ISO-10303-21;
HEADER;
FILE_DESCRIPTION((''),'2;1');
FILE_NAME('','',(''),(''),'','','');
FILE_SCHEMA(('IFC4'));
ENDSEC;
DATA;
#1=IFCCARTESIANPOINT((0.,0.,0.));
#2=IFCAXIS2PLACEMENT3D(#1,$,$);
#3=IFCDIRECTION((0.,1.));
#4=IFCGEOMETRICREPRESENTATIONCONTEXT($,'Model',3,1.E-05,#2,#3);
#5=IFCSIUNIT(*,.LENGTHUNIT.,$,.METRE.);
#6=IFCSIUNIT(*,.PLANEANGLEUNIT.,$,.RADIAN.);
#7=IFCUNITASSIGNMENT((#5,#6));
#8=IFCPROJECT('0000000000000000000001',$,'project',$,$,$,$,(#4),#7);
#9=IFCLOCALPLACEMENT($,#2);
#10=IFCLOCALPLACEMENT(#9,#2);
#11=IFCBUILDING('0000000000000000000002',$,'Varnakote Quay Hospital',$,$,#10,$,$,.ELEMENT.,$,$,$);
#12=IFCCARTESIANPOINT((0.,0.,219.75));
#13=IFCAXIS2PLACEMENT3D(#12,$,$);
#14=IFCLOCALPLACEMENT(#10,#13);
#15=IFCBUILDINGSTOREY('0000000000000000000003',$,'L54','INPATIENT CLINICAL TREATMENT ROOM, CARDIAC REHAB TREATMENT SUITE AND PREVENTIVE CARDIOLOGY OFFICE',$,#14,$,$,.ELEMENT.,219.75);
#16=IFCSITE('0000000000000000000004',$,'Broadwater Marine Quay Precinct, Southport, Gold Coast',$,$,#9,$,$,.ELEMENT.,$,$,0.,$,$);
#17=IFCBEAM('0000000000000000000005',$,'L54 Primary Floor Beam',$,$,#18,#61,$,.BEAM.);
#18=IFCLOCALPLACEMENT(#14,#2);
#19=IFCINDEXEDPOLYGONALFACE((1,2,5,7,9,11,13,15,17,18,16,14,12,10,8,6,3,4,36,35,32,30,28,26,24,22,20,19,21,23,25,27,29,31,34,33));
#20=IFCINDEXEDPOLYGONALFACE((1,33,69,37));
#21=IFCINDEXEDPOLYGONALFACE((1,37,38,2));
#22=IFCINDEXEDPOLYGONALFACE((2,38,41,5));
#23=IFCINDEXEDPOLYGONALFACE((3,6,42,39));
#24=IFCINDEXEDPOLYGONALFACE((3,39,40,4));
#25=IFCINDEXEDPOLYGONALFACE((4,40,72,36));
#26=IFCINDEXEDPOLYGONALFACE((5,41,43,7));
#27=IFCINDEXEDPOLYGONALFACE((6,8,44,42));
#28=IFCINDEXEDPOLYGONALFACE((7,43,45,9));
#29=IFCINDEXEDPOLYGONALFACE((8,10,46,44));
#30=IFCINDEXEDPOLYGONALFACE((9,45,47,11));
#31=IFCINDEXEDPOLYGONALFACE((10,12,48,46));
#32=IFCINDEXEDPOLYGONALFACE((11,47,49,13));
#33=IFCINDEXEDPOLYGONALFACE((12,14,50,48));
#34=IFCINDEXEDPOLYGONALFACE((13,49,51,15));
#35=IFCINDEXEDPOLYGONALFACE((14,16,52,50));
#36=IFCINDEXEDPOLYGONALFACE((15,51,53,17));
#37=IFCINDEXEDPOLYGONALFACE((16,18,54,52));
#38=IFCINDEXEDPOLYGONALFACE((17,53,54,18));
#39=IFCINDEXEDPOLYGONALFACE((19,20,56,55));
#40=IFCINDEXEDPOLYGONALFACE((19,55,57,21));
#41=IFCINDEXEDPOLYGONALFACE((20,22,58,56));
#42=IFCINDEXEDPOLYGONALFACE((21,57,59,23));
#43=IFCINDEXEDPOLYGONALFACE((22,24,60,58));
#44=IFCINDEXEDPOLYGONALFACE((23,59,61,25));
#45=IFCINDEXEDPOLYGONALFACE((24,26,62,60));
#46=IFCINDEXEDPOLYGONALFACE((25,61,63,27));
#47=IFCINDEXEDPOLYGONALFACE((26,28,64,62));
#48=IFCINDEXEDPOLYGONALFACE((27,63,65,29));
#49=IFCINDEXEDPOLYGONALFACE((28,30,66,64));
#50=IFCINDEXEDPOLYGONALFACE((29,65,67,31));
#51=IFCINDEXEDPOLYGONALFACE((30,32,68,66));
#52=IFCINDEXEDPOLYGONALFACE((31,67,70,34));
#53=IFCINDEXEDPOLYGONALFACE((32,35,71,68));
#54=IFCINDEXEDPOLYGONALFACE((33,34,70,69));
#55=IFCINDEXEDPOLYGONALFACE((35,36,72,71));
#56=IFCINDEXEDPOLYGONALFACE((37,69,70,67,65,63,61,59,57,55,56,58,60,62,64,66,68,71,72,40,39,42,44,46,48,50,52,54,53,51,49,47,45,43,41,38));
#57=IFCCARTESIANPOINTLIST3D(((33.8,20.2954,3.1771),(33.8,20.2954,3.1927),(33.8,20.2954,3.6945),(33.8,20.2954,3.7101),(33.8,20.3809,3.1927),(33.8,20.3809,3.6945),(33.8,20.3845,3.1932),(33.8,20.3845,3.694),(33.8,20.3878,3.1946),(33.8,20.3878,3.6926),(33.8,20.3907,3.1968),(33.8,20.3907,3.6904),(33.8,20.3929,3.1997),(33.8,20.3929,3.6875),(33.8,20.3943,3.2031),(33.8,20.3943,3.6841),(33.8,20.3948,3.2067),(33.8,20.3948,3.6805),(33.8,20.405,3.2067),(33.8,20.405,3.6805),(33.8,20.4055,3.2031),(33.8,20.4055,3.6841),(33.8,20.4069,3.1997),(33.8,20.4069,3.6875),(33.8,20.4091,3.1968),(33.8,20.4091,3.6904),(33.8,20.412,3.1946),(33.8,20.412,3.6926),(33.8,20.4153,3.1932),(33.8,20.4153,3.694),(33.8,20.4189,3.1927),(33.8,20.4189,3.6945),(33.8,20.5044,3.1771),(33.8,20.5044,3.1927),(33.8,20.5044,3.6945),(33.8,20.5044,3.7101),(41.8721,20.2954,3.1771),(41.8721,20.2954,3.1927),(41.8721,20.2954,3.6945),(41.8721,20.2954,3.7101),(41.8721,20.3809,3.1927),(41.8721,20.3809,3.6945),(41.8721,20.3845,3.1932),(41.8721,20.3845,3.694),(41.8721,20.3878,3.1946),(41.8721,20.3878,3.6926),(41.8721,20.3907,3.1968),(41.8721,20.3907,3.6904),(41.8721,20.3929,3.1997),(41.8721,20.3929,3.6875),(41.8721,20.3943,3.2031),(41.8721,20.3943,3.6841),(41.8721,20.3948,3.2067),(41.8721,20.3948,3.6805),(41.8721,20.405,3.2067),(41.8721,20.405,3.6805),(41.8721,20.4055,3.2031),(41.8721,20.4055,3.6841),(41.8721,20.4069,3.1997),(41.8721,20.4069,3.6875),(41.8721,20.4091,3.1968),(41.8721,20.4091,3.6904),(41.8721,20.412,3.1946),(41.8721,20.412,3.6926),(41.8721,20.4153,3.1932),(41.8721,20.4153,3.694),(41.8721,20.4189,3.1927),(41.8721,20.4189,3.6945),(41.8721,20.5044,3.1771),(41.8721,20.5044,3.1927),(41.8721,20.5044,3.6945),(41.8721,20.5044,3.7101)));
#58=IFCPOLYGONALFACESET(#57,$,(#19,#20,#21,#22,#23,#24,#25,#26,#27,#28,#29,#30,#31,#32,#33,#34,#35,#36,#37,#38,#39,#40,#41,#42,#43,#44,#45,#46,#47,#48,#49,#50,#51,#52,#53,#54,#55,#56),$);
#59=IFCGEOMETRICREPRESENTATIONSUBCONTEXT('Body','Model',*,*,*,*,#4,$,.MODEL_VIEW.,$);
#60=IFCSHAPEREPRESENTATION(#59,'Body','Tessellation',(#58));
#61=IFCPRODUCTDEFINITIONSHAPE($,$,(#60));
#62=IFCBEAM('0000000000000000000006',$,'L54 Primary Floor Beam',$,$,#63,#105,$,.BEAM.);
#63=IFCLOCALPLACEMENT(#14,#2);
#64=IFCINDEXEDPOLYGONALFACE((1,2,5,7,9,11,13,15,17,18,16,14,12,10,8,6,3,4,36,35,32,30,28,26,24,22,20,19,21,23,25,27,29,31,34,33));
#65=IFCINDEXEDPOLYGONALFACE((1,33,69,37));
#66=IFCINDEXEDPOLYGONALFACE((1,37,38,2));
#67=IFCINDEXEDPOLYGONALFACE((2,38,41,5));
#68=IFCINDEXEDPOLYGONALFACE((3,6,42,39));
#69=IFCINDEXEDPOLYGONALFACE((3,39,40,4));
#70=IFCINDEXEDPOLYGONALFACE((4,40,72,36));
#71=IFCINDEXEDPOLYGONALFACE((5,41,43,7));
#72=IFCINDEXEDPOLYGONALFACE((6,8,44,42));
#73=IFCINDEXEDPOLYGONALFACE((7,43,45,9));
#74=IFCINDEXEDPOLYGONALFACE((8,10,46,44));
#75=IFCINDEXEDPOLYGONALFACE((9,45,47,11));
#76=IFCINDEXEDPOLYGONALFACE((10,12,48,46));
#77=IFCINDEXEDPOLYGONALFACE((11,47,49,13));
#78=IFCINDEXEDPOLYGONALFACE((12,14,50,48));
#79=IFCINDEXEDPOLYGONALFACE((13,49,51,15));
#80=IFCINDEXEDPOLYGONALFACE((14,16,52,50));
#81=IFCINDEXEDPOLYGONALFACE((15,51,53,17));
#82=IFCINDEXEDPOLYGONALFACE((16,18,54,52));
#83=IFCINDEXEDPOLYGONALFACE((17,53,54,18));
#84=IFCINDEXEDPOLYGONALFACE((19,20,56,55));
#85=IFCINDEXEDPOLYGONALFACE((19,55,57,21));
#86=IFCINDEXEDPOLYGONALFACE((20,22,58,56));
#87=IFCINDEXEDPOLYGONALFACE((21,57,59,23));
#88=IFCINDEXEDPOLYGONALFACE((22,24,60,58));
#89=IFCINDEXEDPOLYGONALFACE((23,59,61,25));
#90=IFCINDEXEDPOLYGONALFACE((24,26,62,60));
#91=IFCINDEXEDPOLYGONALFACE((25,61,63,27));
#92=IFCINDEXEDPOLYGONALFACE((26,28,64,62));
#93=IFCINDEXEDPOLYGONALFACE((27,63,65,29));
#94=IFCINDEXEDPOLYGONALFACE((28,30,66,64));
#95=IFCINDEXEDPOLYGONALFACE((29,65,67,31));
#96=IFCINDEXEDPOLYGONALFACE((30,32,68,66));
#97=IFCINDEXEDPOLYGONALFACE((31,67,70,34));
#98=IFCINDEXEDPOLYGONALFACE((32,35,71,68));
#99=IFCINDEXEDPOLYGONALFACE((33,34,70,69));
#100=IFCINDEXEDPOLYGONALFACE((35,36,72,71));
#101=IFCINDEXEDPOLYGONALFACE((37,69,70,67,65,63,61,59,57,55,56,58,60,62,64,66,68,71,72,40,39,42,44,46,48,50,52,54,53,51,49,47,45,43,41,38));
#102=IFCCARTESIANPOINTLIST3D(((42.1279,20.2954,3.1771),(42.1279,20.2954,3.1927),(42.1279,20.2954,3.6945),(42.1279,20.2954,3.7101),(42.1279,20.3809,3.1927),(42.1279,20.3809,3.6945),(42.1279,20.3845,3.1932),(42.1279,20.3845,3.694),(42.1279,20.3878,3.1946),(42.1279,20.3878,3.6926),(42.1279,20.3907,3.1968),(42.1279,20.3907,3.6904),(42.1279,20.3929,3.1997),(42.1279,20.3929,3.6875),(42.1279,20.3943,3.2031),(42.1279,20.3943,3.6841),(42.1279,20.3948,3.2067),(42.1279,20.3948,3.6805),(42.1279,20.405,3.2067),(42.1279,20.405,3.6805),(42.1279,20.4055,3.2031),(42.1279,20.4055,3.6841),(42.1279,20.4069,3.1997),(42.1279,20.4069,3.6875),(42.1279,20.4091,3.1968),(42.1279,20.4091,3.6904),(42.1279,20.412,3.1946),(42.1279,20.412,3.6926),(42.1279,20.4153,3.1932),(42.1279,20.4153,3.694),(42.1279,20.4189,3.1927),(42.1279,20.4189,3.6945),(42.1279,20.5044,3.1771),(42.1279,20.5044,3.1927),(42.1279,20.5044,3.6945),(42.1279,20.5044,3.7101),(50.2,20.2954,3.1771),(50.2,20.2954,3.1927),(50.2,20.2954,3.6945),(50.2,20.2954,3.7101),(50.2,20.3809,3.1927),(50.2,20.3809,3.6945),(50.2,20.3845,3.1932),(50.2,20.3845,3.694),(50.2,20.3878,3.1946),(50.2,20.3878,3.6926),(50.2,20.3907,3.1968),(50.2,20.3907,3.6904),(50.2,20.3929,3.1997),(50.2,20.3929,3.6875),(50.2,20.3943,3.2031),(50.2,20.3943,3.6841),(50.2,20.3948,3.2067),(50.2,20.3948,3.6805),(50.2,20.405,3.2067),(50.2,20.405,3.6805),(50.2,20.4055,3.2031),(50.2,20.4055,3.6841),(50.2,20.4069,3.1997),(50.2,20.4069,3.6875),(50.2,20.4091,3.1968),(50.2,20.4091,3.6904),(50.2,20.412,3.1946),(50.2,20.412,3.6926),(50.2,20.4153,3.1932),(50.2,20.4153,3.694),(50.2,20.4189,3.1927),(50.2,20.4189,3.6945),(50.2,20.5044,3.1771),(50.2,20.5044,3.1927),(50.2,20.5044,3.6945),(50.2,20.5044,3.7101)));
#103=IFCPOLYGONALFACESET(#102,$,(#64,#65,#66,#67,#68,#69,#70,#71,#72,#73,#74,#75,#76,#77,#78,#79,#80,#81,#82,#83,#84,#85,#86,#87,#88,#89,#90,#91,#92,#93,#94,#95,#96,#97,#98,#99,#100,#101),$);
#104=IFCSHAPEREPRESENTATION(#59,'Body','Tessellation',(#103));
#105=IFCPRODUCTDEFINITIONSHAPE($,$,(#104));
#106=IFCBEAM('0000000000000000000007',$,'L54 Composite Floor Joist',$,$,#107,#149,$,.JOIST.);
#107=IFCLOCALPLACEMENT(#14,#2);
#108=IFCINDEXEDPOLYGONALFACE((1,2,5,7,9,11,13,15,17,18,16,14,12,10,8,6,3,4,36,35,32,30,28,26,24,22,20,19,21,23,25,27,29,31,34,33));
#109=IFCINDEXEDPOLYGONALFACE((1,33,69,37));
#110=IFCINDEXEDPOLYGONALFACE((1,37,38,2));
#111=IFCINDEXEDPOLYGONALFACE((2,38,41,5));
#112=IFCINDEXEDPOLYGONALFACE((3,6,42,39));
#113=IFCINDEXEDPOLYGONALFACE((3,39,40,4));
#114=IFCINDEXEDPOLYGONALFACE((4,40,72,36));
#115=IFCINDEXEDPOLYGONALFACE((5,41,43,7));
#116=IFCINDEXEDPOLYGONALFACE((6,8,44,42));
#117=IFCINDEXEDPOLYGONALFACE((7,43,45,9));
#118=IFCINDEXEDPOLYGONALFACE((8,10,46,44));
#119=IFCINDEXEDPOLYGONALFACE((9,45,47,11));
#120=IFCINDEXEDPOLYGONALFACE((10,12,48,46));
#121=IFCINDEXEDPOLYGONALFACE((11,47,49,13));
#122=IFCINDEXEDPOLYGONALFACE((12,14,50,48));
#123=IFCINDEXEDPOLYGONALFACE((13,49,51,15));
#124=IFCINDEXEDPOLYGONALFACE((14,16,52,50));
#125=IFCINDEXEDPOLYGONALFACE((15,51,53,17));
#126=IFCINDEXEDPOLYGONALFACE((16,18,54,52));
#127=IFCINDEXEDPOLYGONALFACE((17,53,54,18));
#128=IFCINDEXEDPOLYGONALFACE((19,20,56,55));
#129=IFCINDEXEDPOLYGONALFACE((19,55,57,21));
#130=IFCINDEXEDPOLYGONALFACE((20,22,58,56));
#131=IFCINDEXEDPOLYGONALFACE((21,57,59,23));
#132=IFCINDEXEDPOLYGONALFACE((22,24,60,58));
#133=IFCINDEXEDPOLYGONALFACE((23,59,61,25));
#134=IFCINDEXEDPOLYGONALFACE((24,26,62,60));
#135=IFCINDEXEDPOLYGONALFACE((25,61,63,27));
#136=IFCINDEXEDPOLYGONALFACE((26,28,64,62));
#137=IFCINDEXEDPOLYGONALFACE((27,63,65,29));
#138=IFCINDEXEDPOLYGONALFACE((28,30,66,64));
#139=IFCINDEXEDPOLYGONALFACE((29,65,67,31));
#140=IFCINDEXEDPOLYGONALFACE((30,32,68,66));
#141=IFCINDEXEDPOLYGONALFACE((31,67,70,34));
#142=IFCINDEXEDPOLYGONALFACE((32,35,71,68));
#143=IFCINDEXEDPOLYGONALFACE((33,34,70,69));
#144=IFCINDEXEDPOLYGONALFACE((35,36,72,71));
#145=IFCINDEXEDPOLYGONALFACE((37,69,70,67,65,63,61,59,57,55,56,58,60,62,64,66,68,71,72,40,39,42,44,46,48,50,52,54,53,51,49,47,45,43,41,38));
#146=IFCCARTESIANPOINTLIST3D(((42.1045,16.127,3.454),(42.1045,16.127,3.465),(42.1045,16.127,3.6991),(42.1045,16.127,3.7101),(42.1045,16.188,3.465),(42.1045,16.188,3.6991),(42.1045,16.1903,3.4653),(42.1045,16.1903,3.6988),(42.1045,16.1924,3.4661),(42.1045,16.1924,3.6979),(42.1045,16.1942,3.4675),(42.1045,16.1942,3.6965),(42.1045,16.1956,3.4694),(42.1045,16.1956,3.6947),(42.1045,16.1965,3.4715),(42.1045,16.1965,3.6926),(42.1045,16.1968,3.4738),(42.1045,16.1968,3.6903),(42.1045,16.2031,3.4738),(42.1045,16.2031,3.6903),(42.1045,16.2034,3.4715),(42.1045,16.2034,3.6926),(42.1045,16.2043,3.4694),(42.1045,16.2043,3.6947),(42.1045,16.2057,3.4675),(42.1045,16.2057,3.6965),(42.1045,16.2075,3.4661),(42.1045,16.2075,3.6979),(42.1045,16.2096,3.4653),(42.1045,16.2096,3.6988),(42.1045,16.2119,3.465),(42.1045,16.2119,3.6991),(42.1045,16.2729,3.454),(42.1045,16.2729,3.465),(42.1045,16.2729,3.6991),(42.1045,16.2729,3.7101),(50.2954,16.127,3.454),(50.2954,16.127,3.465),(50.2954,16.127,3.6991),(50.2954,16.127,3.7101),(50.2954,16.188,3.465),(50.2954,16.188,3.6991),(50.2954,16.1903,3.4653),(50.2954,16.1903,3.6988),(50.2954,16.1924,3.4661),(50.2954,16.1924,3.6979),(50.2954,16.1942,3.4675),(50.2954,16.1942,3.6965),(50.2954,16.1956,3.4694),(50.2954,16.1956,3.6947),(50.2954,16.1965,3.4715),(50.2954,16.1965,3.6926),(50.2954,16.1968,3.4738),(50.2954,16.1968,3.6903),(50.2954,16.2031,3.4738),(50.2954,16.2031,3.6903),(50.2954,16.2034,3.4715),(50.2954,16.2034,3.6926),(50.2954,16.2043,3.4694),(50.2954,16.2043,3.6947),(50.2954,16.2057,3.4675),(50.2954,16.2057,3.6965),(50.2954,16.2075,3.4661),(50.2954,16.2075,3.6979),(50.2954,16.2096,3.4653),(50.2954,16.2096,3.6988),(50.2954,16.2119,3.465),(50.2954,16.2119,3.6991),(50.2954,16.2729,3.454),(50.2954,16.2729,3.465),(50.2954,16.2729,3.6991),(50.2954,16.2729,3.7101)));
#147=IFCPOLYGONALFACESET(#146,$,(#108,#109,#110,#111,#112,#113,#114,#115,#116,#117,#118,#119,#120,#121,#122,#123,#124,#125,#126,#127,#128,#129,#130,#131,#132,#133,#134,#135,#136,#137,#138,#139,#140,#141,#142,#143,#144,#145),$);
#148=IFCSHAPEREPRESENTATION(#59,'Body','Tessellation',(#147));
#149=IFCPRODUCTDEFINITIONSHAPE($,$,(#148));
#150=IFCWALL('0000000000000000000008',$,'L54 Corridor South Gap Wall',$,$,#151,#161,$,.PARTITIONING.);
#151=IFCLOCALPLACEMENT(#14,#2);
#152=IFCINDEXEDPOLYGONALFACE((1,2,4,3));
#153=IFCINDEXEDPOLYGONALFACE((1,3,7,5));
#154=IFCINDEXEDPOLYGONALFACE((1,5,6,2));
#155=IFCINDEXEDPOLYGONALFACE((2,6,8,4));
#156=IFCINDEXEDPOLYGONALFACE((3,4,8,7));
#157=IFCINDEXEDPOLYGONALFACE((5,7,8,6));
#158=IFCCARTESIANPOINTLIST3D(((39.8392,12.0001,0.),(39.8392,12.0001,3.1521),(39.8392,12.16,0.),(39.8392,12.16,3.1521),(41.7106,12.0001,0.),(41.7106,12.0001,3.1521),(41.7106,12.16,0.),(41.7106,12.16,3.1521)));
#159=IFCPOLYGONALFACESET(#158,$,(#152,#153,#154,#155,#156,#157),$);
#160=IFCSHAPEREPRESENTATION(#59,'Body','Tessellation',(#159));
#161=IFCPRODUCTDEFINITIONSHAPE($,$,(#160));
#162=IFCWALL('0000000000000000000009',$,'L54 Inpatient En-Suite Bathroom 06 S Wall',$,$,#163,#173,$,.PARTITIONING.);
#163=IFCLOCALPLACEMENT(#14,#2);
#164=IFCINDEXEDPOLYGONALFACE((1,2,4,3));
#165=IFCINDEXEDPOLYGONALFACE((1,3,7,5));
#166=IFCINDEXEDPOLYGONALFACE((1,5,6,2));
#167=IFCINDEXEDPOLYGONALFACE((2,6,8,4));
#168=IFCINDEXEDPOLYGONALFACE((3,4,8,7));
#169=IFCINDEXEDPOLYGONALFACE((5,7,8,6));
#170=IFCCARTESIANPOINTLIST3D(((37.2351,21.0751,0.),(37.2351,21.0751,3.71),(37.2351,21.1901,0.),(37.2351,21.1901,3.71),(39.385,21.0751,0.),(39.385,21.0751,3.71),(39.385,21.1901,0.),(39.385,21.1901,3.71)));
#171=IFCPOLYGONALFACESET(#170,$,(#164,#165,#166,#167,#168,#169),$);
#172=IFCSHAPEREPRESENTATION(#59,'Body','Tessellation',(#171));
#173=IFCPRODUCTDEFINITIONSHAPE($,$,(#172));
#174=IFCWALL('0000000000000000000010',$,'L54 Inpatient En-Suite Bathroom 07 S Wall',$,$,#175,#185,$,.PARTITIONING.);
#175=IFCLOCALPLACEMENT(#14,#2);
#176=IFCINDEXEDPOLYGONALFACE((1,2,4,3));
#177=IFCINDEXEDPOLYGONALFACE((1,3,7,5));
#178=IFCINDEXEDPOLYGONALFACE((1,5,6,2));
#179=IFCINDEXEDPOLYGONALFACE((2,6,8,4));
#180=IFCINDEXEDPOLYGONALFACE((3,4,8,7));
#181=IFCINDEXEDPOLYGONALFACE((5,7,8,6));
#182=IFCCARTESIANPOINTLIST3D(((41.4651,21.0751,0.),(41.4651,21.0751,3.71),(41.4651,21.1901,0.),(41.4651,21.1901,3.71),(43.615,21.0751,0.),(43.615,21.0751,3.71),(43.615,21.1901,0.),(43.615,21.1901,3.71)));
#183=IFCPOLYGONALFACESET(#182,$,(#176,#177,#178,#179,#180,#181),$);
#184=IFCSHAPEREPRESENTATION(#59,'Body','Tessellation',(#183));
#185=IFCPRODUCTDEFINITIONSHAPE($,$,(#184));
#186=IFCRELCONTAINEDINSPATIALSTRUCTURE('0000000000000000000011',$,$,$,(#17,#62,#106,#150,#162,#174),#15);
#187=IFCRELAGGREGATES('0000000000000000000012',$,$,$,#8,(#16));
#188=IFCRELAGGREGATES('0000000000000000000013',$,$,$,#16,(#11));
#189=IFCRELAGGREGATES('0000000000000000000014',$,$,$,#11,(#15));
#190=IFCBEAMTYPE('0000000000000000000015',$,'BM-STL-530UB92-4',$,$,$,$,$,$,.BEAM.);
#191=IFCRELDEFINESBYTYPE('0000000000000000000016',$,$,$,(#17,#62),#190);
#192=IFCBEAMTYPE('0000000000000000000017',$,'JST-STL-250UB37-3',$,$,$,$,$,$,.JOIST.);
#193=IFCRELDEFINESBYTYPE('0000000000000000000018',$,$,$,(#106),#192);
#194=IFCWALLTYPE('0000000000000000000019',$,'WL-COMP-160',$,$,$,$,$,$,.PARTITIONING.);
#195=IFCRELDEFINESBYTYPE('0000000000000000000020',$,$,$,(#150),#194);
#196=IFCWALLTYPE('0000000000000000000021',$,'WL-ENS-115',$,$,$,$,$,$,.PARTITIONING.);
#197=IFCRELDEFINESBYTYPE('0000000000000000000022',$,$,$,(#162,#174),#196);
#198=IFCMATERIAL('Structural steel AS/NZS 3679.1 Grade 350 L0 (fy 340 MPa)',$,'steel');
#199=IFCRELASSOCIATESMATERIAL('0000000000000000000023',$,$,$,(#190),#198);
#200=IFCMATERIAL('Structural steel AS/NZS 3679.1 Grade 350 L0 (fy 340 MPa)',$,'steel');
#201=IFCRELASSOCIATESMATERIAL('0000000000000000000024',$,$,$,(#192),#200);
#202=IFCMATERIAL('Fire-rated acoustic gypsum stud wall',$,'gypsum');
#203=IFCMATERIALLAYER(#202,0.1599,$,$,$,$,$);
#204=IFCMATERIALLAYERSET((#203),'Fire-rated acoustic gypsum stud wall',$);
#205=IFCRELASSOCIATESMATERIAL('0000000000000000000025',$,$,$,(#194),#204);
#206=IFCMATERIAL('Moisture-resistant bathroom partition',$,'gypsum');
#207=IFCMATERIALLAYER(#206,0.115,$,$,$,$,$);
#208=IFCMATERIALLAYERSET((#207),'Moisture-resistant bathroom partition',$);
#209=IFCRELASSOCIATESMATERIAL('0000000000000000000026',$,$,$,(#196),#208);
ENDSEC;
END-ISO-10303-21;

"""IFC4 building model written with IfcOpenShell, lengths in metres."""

from ifc_helpers import new_model, si_unit, direction, frame, frame_2d, origin, origin_2d, place, context, subcontext, project, spatial, rectangle, i_section, extrude, material, layer, layer_set, material_profile, profile_set, type_object, element, save


model = new_model("IFC4")

# Units and contexts
model_context = context("Model", 3, precision=1e-05, world=origin(), true_north=direction((0.0, 1.0)))
body_context = subcontext(model_context, "Body", "Model", "MODEL_VIEW")
ifc_project = project(units=[si_unit("LENGTHUNIT", "METRE"), si_unit("PLANEANGLEUNIT", "RADIAN")], contexts=[model_context])

# Site, building, storey
site_placement = place(None, origin())
site = spatial("IfcSite", under=ifc_project, at=site_placement, Name="Broadwater Marine Quay Precinct, Southport, Gold Coast", CompositionType="ELEMENT", RefElevation=0.0)
building_placement = place(site_placement, origin())
building = spatial("IfcBuilding", under=site, at=building_placement, Name="Varnakote Quay Hospital", CompositionType="ELEMENT")
storey_placement = place(building_placement, frame((0.0, 0.0, 219.75)))
storey = spatial("IfcBuildingStorey", under=building, at=storey_placement, Name="L54", Description="INPATIENT CLINICAL TREATMENT ROOM, CARDIAC REHAB TREATMENT SUITE AND PREVENTIVE CARDIOLOGY OFFICE", CompositionType="ELEMENT", Elevation=219.75)

# Beams
ifc_material_1 = material(Name="Structural steel AS/NZS 3679.1 Grade 350 L0 (fy 340 MPa)", Category="steel")
ifc_material_profile_1 = material_profile(ifc_material_1, i_section(OverallWidth=0.209, OverallDepth=0.533, WebThickness=0.0103, FlangeThickness=0.0156, FilletRadius=0.0139, at=origin_2d()), Name="530UB92.4")
ifc_profile_set_1 = profile_set([ifc_material_profile_1], Name="Structural steel AS/NZS 3679.1 Grade 350 L0 (fy 340 MPa)")
beam_type_1 = type_object("IfcBeamType", Name="BM-STL-530UB92-4", PredefinedType="BEAM", material=ifc_profile_set_1)
for number, where, z_axis, x_axis, name in (
    (1, (33.8, 20.3999, 3.4436), (1.0, 0.0, 0.0), (0.0, 1.0, 0.0), "L54 Primary Floor Beam"),
    (2, (42.1279, 20.3999, 3.4436), (1.0, 0.0, 0.0), (0.0, 1.0, 0.0), "L54 Primary Floor Beam"),
):
    element("IfcBeam", number, at=place(storey_placement, frame(where, z_axis=z_axis, x_axis=x_axis)), inside=storey, type_object=beam_type_1, Name=name, PredefinedType="BEAM", context=body_context, shape_type="SweptSolid", body=[
        extrude(i_section(OverallWidth=0.209, OverallDepth=0.533, WebThickness=0.0103, FlangeThickness=0.0156, FilletRadius=0.0139, at=origin_2d()), origin(), (0.0, 0.0, 1.0), 8.072),
    ])
ifc_material_2 = material(Name="Structural steel AS/NZS 3679.1 Grade 350 L0 (fy 340 MPa)", Category="steel")
ifc_material_profile_2 = material_profile(ifc_material_2, i_section(OverallWidth=0.146, OverallDepth=0.2561, WebThickness=0.0063, FlangeThickness=0.011, FilletRadius=0.0088, at=origin_2d()), Name="250UB37.3")
ifc_profile_set_2 = profile_set([ifc_material_profile_2], Name="Structural steel AS/NZS 3679.1 Grade 350 L0 (fy 340 MPa)")
beam_type_2 = type_object("IfcBeamType", Name="JST-STL-250UB37-3", PredefinedType="JOIST", material=ifc_profile_set_2)
beam_1_placement = place(storey_placement, frame((42.1045, 16.2, 3.582), z_axis=(1.0, 0.0, 0.0), x_axis=(0.0, 1.0, 0.0)))
element("IfcBeam", 3, at=beam_1_placement, inside=storey, type_object=beam_type_2, Name="L54 Composite Floor Joist", PredefinedType="JOIST", context=body_context, shape_type="SweptSolid", body=[
    extrude(i_section(OverallWidth=0.146, OverallDepth=0.2561, WebThickness=0.0063, FlangeThickness=0.011, FilletRadius=0.0088, at=origin_2d()), origin(), (0.0, 0.0, 1.0), 8.1909),
])

# Walls
ifc_material_3 = material(Name="Fire-rated acoustic gypsum stud wall", Category="gypsum")
ifc_layer_1 = layer(ifc_material_3, 0.1599)
ifc_layer_set_1 = layer_set([ifc_layer_1], Name="Fire-rated acoustic gypsum stud wall")
wall_type_1 = type_object("IfcWallType", Name="WL-COMP-160", PredefinedType="PARTITIONING", material=ifc_layer_set_1)
wall_1_placement = place(storey_placement, frame((39.8394, 12.0801, 0.0), z_axis=(0.0, 0.0, 1.0), x_axis=(1.0, 0.0, 0.0)))
element("IfcWall", 4, at=wall_1_placement, inside=storey, type_object=wall_type_1, Name="L54 Corridor South Gap Wall", PredefinedType="PARTITIONING", context=body_context, shape_type="SweptSolid", body=[
    extrude(rectangle(XDim=1.8713, YDim=0.1599, at=frame_2d((0.9355, 0.0))), origin(), (0.0, 0.0, 1.0), 3.1521),
])
ifc_material_4 = material(Name="Moisture-resistant bathroom partition", Category="gypsum")
ifc_layer_2 = layer(ifc_material_4, 0.115)
ifc_layer_set_2 = layer_set([ifc_layer_2], Name="Moisture-resistant bathroom partition")
wall_type_2 = type_object("IfcWallType", Name="WL-ENS-115", PredefinedType="PARTITIONING", material=ifc_layer_set_2)
for number, where, z_axis, x_axis, name in (
    (5, (37.2351, 21.1326, 0.0), (0.0, 0.0, 1.0), (1.0, 0.0, 0.0), "L54 Inpatient En-Suite Bathroom 06 S Wall"),
    (6, (41.4651, 21.1326, 0.0), (0.0, 0.0, 1.0), (1.0, 0.0, 0.0), "L54 Inpatient En-Suite Bathroom 07 S Wall"),
):
    element("IfcWall", number, at=place(storey_placement, frame(where, z_axis=z_axis, x_axis=x_axis)), inside=storey, type_object=wall_type_2, Name=name, PredefinedType="PARTITIONING", context=body_context, shape_type="SweptSolid", body=[
        extrude(rectangle(XDim=2.1499, YDim=0.115, at=frame_2d((1.075, 0.0))), origin(), (0.0, 0.0, 1.0), 3.71),
    ])

save(model, "model.ifc")
